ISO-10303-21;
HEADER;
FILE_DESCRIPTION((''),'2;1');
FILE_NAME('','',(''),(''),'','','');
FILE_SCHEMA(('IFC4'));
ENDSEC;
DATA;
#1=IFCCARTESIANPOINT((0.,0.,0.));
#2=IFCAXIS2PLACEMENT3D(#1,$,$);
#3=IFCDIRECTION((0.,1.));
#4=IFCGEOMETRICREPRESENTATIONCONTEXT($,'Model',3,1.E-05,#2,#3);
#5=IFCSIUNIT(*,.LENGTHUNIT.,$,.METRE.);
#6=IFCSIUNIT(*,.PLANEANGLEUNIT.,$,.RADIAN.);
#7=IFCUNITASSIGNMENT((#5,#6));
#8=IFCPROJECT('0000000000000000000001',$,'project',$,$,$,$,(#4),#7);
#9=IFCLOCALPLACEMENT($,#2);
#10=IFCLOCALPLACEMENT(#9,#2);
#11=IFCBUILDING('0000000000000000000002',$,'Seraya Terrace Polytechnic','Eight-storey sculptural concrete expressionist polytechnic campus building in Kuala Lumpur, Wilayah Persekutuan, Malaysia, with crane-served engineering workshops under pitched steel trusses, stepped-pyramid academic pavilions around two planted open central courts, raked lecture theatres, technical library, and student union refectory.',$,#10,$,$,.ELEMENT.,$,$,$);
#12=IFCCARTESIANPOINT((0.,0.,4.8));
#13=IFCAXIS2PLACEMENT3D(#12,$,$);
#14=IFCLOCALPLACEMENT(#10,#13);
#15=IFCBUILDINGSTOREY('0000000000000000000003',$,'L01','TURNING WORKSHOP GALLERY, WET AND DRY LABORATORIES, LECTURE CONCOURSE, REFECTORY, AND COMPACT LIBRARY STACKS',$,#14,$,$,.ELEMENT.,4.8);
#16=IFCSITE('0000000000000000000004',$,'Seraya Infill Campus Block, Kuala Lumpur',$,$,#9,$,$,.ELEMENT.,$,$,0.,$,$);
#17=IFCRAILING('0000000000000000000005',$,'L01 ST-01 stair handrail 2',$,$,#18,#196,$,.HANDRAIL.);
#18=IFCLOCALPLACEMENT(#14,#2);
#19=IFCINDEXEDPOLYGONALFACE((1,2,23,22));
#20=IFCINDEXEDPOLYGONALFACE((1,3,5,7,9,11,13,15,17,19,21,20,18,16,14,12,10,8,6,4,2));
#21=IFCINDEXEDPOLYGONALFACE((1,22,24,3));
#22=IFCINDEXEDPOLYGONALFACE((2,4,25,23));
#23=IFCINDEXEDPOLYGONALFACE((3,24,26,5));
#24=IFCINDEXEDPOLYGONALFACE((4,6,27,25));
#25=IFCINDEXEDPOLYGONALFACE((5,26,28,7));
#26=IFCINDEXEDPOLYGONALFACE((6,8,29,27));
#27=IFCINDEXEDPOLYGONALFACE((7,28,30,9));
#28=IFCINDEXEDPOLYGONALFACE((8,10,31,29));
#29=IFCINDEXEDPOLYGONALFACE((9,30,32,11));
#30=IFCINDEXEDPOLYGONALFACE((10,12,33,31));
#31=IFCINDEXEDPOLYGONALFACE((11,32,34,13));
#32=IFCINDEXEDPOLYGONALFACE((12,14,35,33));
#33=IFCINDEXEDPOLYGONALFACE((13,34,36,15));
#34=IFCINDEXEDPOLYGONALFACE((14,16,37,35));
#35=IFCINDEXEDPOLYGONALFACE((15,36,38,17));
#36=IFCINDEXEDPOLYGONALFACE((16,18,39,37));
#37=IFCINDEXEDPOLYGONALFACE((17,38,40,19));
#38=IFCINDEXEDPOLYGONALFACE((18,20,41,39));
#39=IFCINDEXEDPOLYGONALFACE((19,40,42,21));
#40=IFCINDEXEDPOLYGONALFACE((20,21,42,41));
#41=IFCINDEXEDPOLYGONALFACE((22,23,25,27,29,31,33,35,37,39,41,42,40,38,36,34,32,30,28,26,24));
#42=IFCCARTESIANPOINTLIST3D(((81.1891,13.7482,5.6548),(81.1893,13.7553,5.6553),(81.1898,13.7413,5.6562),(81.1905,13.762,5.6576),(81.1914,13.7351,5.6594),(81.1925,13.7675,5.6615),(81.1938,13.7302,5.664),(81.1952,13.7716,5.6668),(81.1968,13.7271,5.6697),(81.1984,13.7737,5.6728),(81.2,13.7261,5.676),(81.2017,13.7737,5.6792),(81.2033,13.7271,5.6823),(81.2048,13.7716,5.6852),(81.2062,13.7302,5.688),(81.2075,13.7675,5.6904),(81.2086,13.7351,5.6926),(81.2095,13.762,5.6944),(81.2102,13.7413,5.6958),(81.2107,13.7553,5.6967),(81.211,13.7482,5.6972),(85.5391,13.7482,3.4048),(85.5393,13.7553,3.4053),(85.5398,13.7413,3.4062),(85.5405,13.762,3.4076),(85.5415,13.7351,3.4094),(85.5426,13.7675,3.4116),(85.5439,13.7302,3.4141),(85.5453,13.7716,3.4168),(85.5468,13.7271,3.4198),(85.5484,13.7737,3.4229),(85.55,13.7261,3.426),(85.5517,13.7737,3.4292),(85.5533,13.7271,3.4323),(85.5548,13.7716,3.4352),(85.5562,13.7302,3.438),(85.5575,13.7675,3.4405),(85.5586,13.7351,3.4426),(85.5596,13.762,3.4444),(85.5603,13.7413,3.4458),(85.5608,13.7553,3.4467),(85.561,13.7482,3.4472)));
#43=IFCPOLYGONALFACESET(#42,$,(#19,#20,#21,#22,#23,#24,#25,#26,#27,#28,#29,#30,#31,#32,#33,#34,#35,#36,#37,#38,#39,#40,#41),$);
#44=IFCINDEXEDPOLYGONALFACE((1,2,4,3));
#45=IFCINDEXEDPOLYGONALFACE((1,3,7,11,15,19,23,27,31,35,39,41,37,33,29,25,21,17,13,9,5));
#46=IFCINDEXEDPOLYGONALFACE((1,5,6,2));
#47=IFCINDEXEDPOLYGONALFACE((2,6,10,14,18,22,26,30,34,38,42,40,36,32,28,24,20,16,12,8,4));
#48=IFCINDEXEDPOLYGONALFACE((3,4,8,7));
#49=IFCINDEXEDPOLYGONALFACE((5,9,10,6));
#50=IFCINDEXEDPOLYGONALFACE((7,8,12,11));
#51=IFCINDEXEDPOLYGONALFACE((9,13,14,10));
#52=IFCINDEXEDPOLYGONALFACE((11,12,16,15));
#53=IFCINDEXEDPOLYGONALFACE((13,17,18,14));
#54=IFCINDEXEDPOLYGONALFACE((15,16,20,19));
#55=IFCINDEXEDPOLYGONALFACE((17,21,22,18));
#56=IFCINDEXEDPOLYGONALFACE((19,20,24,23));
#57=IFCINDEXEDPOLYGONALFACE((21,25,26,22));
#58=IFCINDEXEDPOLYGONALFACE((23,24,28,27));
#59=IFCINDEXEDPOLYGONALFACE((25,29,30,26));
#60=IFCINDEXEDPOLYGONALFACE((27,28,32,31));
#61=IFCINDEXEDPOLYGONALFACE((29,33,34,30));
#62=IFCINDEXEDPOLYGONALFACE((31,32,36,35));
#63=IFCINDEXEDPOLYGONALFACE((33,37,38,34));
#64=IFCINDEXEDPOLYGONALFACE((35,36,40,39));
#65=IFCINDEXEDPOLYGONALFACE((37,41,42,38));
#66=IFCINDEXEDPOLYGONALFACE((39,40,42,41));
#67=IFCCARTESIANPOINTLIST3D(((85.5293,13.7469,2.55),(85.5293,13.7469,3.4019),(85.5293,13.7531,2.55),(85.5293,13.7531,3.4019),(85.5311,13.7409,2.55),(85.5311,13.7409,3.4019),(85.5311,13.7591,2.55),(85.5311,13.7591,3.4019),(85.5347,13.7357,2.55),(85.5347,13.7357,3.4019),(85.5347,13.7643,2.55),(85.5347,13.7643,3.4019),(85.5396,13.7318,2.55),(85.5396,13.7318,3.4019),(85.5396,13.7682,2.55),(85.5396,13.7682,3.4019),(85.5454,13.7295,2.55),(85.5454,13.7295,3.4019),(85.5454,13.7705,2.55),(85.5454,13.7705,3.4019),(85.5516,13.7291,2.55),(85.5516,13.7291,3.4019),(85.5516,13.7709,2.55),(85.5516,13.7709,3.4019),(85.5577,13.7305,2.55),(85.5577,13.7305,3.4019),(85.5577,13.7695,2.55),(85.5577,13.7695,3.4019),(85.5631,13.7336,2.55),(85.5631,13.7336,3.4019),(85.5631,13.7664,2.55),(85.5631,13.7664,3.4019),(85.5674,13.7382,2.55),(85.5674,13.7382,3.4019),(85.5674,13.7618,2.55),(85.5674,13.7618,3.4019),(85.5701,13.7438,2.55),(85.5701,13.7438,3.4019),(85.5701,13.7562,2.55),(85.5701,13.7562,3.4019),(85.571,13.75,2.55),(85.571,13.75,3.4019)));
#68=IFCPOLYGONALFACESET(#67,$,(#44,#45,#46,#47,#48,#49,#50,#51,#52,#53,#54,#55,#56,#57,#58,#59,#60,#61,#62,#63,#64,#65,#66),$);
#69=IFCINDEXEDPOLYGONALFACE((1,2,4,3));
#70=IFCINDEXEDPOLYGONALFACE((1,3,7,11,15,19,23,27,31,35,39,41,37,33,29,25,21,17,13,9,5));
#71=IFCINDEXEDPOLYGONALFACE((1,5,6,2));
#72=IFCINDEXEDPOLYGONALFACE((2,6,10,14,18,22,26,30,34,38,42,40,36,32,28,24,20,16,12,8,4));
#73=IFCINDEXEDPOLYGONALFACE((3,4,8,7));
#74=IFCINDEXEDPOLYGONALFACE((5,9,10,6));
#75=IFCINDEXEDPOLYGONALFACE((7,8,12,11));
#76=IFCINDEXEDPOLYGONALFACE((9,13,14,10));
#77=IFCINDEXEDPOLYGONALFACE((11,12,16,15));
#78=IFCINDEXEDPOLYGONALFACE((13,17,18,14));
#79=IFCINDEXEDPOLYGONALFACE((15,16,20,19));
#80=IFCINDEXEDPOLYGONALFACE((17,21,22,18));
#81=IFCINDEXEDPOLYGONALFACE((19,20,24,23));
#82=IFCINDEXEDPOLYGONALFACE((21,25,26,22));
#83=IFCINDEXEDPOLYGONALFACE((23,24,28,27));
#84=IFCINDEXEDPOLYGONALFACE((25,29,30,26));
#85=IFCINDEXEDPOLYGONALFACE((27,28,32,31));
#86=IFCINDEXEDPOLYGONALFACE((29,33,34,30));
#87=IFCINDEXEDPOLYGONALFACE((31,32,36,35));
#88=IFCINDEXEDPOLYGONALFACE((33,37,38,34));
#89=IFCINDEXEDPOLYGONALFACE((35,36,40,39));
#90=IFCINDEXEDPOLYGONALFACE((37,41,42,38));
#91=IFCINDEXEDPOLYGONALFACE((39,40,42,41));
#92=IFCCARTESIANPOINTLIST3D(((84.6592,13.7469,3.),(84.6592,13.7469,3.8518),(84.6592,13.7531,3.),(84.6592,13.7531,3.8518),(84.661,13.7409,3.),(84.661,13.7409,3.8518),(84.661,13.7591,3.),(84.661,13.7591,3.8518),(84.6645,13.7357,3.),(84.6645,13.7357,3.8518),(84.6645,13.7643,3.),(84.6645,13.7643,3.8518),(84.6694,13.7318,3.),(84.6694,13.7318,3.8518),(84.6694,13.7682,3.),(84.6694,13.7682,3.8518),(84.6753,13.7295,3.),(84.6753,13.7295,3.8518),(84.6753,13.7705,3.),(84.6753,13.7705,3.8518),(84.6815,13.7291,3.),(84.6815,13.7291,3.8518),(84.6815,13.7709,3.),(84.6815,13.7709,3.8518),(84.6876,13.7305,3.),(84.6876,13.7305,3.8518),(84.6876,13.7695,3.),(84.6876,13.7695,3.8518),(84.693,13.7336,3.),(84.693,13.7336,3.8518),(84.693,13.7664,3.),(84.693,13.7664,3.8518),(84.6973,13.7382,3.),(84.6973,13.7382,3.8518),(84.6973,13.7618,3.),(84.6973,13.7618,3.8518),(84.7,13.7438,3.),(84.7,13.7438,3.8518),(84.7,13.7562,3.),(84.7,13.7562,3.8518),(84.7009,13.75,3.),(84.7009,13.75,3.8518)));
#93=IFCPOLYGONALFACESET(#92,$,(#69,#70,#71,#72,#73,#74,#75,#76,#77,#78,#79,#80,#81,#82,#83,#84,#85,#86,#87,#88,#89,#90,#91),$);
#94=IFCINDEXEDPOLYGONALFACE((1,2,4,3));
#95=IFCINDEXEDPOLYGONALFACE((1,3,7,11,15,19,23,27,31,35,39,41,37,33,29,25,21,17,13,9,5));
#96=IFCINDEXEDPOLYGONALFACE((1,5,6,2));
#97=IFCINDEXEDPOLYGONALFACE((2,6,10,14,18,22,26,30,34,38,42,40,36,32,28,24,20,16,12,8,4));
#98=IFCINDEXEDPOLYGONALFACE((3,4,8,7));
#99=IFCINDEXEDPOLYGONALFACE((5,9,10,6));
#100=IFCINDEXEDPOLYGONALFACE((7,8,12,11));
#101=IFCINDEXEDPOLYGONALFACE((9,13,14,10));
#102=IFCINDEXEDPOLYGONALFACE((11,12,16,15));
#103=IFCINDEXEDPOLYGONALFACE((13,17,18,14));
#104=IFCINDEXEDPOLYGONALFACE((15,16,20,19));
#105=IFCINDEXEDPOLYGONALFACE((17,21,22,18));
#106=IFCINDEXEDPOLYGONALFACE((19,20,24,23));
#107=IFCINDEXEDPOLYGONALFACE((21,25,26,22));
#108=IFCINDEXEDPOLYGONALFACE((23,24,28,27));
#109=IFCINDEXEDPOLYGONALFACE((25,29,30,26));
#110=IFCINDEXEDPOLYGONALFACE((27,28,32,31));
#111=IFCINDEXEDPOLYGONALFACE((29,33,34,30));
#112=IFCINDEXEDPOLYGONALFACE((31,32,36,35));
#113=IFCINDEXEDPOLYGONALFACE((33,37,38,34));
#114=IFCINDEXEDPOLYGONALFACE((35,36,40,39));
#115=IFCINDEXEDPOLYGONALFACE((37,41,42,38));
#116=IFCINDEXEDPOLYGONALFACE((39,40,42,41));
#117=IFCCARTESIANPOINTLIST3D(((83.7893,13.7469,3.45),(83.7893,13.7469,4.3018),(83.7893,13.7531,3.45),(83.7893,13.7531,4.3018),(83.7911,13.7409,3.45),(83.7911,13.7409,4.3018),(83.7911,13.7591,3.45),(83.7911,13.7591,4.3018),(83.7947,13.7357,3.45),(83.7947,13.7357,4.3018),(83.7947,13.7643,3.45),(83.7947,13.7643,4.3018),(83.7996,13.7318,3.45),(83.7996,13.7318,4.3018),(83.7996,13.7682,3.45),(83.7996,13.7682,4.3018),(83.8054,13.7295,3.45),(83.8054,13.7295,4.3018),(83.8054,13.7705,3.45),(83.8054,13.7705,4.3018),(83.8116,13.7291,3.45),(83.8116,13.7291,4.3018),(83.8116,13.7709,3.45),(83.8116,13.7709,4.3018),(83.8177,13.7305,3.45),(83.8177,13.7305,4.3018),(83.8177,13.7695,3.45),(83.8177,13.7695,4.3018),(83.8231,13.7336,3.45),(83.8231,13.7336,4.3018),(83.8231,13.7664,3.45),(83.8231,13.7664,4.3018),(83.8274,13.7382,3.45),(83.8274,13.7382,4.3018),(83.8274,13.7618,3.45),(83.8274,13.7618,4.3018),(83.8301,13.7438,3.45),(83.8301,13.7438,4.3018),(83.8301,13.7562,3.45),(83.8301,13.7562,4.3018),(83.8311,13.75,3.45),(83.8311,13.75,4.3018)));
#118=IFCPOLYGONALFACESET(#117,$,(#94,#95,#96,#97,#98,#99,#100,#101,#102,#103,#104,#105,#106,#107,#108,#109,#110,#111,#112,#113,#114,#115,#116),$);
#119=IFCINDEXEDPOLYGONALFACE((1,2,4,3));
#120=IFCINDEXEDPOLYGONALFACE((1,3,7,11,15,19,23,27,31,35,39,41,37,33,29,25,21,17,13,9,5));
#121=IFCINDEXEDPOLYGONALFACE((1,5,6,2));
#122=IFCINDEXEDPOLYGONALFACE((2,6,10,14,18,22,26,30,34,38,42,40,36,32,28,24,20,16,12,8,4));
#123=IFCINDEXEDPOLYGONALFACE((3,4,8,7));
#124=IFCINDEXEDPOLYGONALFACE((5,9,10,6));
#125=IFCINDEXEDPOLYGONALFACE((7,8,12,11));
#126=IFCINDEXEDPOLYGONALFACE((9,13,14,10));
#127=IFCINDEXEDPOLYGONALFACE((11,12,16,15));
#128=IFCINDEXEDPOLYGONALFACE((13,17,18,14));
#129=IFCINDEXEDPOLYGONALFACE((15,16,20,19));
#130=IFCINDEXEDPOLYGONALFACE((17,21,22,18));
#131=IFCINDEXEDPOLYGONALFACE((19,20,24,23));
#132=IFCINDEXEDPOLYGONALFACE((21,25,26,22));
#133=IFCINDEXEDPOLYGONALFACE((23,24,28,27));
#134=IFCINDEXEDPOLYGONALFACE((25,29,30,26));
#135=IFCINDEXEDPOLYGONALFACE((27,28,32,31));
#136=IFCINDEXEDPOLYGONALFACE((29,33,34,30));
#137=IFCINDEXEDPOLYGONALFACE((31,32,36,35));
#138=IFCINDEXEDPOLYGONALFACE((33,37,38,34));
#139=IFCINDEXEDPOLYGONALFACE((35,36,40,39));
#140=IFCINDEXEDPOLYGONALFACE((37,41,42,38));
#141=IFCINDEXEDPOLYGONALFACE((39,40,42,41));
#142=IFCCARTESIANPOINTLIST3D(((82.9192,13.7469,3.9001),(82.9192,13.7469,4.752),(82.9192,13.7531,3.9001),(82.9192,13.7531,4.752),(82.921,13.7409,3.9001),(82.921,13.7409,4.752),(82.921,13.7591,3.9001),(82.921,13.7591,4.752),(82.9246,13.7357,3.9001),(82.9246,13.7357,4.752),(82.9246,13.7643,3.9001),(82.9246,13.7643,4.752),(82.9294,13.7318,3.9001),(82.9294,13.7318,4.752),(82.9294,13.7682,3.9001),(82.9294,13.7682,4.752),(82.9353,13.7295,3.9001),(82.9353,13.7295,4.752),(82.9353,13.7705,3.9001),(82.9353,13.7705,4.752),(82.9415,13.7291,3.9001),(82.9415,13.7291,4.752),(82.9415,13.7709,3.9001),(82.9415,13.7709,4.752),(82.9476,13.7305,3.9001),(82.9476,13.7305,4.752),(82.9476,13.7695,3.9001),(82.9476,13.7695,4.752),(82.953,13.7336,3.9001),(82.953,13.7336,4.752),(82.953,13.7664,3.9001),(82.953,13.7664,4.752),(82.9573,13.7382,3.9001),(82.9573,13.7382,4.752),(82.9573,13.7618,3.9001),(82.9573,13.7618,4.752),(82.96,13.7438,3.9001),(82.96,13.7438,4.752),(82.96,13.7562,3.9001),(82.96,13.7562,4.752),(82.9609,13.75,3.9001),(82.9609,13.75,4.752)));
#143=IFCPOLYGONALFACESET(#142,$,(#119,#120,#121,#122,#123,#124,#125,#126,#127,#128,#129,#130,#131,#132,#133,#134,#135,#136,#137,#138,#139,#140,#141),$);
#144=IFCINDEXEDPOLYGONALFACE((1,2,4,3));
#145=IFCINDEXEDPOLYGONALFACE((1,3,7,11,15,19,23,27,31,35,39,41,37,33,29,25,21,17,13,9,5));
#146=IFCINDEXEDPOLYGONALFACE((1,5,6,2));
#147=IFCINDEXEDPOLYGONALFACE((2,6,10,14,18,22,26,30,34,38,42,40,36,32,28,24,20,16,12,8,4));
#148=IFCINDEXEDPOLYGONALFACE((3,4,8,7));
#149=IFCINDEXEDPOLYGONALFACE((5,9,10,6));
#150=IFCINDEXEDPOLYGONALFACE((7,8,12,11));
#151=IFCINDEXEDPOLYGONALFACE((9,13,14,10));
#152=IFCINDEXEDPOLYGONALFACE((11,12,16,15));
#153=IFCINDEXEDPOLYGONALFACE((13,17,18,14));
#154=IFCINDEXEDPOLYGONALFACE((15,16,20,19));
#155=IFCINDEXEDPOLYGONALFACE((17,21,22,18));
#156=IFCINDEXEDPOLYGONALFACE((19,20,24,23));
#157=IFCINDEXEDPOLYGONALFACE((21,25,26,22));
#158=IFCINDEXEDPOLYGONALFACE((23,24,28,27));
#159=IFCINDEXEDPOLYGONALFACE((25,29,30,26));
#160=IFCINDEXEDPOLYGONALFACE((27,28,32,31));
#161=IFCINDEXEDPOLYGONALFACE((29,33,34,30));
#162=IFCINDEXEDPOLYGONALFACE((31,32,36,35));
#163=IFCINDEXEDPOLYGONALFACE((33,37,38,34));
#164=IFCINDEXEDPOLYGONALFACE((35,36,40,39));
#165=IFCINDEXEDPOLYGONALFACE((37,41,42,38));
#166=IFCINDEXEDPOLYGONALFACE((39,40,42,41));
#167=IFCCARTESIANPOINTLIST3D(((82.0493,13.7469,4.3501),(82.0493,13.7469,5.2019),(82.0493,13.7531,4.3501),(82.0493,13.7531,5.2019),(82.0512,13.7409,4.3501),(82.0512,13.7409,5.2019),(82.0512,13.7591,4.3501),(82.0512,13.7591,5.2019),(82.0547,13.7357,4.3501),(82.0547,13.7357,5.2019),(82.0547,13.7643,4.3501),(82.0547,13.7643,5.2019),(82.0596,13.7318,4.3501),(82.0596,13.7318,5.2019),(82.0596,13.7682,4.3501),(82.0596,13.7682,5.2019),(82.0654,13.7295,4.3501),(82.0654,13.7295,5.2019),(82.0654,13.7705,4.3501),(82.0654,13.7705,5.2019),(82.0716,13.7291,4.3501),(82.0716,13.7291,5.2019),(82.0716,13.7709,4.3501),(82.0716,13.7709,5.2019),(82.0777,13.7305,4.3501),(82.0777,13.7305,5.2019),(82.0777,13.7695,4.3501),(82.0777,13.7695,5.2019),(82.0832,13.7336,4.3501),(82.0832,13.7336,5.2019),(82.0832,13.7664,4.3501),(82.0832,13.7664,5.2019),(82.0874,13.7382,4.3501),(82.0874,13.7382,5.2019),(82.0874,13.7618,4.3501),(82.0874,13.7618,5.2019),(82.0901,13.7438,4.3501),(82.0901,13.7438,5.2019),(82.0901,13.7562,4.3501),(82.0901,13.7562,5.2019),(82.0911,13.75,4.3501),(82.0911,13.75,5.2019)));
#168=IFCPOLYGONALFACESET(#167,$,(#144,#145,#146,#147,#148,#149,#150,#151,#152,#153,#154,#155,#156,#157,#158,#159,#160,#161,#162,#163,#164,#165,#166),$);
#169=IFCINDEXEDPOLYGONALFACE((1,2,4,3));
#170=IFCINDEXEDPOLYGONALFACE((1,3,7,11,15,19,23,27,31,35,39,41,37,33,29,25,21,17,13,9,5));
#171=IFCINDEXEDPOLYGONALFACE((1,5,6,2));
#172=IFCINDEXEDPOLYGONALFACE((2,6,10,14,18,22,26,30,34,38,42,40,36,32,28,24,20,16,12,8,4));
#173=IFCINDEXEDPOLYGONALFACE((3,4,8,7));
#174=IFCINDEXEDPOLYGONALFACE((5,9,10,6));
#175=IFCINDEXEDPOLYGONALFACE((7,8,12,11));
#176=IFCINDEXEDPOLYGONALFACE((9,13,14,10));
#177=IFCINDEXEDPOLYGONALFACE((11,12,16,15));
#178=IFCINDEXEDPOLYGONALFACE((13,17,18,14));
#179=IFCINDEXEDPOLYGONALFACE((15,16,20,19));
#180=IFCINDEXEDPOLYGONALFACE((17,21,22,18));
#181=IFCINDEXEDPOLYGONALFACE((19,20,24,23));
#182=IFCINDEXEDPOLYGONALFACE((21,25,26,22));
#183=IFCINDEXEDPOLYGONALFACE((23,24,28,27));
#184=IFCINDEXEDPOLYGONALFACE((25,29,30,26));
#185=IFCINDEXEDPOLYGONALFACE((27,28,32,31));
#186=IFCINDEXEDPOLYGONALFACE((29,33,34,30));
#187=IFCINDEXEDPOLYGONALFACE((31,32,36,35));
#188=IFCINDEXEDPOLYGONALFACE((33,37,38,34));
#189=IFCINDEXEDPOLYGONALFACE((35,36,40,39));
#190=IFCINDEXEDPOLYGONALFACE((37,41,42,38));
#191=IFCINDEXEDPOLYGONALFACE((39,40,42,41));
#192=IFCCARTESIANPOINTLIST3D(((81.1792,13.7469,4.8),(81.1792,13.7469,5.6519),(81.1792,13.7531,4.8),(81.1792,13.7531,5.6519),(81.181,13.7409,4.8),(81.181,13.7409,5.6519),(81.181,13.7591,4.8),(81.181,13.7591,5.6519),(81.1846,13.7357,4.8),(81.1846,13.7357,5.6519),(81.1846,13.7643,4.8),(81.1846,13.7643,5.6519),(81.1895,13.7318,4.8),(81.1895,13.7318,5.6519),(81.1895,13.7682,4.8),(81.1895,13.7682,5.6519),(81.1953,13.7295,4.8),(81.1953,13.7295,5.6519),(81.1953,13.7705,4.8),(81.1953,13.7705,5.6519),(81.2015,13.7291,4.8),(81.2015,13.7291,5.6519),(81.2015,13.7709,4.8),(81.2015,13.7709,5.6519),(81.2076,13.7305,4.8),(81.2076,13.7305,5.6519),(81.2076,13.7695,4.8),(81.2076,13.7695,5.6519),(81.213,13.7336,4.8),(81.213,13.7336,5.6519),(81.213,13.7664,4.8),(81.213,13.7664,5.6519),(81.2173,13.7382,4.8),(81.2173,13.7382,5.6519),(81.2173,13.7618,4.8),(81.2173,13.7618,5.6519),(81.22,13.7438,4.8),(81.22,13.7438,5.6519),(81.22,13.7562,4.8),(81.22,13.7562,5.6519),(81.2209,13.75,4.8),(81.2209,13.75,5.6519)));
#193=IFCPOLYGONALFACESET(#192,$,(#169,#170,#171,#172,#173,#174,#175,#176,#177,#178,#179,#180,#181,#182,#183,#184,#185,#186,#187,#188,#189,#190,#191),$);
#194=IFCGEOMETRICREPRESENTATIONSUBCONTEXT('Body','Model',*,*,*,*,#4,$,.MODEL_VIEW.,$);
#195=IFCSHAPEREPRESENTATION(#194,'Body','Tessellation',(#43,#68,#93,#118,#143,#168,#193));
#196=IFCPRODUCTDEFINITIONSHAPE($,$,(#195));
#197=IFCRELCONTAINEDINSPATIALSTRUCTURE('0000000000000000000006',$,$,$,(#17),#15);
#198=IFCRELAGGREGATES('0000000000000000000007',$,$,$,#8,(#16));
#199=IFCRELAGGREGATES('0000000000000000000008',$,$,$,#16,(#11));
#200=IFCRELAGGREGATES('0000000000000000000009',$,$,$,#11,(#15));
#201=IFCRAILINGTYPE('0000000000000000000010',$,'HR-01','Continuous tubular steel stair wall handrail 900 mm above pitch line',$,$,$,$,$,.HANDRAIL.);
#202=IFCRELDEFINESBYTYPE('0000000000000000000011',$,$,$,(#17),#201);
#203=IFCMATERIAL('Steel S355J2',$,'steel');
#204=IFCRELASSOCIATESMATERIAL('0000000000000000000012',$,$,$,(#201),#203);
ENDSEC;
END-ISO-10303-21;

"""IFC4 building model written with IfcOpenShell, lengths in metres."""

from ifc_helpers import new_model, si_unit, direction, frame, origin, origin_2d, place, context, subcontext, project, spatial, circle, extrude, material, type_object, element, save


model = new_model("IFC4")

# Units and contexts
model_context = context("Model", 3, precision=1e-05, world=origin(), true_north=direction((0.0, 1.0)))
body_context = subcontext(model_context, "Body", "Model", "MODEL_VIEW")
ifc_project = project(units=[si_unit("LENGTHUNIT", "METRE"), si_unit("PLANEANGLEUNIT", "RADIAN")], contexts=[model_context])

# Site, building, storey
site_placement = place(None, origin())
site = spatial("IfcSite", under=ifc_project, at=site_placement, Name="Seraya Infill Campus Block, Kuala Lumpur", CompositionType="ELEMENT", RefElevation=0.0)
building_placement = place(site_placement, origin())
building = spatial("IfcBuilding", under=site, at=building_placement, Name="Seraya Terrace Polytechnic", Description="Eight-storey sculptural concrete expressionist polytechnic campus building in Kuala Lumpur, Wilayah Persekutuan, Malaysia, with crane-served engineering workshops under pitched steel trusses, stepped-pyramid academic pavilions around two planted open central courts, raked lecture theatres, technical library, and student union refectory.", CompositionType="ELEMENT")
storey_placement = place(building_placement, frame((0.0, 0.0, 4.8)))
storey = spatial("IfcBuildingStorey", under=building, at=storey_placement, Name="L01", Description="TURNING WORKSHOP GALLERY, WET AND DRY LABORATORIES, LECTURE CONCOURSE, REFECTORY, AND COMPACT LIBRARY STACKS", CompositionType="ELEMENT", Elevation=4.8)

# Shared definitions
ifc_material_1 = material(Name="Steel S355J2", Category="steel")

# Railing
railing_type_1 = type_object("IfcRailingType", Name="HR-01", Description="Continuous tubular steel stair wall handrail 900 mm above pitch line", PredefinedType="HANDRAIL", material=ifc_material_1)
railing_1_placement = place(storey_placement, frame((85.55, 13.75, 2.55)))
element("IfcRailing", 1, at=railing_1_placement, inside=storey, type_object=railing_type_1, Name="L01 ST-01 stair handrail 2", PredefinedType="HANDRAIL", context=body_context, shape_type="SweptSolid", body=[
    extrude(circle(Radius=0.0239, at=origin_2d()), frame((0.0, 0.0, 0.876), z_axis=(-0.888222, 0.0, 0.459415), x_axis=(0.0, -1.0, 0.0)), (0.0, 0.0, 1.0), 4.8975),
    extrude(circle(Radius=0.021, at=origin_2d()), origin(), (0.0, 0.0, 1.0), 0.8518),
    extrude(circle(Radius=0.021, at=origin_2d()), frame((-0.8701, 0.0, 0.45)), (0.0, 0.0, 1.0), 0.8518),
    extrude(circle(Radius=0.021, at=origin_2d()), frame((-1.74, 0.0, 0.8999)), (0.0, 0.0, 1.0), 0.8518),
    extrude(circle(Radius=0.021, at=origin_2d()), frame((-2.6101, 0.0, 1.3501)), (0.0, 0.0, 1.0), 0.8518),
    extrude(circle(Radius=0.021, at=origin_2d()), frame((-3.48, 0.0, 1.8)), (0.0, 0.0, 1.0), 0.8518),
    extrude(circle(Radius=0.021, at=origin_2d()), frame((-4.3501, 0.0, 2.25)), (0.0, 0.0, 1.0), 0.8518),
])

save(model, "model.ifc")
